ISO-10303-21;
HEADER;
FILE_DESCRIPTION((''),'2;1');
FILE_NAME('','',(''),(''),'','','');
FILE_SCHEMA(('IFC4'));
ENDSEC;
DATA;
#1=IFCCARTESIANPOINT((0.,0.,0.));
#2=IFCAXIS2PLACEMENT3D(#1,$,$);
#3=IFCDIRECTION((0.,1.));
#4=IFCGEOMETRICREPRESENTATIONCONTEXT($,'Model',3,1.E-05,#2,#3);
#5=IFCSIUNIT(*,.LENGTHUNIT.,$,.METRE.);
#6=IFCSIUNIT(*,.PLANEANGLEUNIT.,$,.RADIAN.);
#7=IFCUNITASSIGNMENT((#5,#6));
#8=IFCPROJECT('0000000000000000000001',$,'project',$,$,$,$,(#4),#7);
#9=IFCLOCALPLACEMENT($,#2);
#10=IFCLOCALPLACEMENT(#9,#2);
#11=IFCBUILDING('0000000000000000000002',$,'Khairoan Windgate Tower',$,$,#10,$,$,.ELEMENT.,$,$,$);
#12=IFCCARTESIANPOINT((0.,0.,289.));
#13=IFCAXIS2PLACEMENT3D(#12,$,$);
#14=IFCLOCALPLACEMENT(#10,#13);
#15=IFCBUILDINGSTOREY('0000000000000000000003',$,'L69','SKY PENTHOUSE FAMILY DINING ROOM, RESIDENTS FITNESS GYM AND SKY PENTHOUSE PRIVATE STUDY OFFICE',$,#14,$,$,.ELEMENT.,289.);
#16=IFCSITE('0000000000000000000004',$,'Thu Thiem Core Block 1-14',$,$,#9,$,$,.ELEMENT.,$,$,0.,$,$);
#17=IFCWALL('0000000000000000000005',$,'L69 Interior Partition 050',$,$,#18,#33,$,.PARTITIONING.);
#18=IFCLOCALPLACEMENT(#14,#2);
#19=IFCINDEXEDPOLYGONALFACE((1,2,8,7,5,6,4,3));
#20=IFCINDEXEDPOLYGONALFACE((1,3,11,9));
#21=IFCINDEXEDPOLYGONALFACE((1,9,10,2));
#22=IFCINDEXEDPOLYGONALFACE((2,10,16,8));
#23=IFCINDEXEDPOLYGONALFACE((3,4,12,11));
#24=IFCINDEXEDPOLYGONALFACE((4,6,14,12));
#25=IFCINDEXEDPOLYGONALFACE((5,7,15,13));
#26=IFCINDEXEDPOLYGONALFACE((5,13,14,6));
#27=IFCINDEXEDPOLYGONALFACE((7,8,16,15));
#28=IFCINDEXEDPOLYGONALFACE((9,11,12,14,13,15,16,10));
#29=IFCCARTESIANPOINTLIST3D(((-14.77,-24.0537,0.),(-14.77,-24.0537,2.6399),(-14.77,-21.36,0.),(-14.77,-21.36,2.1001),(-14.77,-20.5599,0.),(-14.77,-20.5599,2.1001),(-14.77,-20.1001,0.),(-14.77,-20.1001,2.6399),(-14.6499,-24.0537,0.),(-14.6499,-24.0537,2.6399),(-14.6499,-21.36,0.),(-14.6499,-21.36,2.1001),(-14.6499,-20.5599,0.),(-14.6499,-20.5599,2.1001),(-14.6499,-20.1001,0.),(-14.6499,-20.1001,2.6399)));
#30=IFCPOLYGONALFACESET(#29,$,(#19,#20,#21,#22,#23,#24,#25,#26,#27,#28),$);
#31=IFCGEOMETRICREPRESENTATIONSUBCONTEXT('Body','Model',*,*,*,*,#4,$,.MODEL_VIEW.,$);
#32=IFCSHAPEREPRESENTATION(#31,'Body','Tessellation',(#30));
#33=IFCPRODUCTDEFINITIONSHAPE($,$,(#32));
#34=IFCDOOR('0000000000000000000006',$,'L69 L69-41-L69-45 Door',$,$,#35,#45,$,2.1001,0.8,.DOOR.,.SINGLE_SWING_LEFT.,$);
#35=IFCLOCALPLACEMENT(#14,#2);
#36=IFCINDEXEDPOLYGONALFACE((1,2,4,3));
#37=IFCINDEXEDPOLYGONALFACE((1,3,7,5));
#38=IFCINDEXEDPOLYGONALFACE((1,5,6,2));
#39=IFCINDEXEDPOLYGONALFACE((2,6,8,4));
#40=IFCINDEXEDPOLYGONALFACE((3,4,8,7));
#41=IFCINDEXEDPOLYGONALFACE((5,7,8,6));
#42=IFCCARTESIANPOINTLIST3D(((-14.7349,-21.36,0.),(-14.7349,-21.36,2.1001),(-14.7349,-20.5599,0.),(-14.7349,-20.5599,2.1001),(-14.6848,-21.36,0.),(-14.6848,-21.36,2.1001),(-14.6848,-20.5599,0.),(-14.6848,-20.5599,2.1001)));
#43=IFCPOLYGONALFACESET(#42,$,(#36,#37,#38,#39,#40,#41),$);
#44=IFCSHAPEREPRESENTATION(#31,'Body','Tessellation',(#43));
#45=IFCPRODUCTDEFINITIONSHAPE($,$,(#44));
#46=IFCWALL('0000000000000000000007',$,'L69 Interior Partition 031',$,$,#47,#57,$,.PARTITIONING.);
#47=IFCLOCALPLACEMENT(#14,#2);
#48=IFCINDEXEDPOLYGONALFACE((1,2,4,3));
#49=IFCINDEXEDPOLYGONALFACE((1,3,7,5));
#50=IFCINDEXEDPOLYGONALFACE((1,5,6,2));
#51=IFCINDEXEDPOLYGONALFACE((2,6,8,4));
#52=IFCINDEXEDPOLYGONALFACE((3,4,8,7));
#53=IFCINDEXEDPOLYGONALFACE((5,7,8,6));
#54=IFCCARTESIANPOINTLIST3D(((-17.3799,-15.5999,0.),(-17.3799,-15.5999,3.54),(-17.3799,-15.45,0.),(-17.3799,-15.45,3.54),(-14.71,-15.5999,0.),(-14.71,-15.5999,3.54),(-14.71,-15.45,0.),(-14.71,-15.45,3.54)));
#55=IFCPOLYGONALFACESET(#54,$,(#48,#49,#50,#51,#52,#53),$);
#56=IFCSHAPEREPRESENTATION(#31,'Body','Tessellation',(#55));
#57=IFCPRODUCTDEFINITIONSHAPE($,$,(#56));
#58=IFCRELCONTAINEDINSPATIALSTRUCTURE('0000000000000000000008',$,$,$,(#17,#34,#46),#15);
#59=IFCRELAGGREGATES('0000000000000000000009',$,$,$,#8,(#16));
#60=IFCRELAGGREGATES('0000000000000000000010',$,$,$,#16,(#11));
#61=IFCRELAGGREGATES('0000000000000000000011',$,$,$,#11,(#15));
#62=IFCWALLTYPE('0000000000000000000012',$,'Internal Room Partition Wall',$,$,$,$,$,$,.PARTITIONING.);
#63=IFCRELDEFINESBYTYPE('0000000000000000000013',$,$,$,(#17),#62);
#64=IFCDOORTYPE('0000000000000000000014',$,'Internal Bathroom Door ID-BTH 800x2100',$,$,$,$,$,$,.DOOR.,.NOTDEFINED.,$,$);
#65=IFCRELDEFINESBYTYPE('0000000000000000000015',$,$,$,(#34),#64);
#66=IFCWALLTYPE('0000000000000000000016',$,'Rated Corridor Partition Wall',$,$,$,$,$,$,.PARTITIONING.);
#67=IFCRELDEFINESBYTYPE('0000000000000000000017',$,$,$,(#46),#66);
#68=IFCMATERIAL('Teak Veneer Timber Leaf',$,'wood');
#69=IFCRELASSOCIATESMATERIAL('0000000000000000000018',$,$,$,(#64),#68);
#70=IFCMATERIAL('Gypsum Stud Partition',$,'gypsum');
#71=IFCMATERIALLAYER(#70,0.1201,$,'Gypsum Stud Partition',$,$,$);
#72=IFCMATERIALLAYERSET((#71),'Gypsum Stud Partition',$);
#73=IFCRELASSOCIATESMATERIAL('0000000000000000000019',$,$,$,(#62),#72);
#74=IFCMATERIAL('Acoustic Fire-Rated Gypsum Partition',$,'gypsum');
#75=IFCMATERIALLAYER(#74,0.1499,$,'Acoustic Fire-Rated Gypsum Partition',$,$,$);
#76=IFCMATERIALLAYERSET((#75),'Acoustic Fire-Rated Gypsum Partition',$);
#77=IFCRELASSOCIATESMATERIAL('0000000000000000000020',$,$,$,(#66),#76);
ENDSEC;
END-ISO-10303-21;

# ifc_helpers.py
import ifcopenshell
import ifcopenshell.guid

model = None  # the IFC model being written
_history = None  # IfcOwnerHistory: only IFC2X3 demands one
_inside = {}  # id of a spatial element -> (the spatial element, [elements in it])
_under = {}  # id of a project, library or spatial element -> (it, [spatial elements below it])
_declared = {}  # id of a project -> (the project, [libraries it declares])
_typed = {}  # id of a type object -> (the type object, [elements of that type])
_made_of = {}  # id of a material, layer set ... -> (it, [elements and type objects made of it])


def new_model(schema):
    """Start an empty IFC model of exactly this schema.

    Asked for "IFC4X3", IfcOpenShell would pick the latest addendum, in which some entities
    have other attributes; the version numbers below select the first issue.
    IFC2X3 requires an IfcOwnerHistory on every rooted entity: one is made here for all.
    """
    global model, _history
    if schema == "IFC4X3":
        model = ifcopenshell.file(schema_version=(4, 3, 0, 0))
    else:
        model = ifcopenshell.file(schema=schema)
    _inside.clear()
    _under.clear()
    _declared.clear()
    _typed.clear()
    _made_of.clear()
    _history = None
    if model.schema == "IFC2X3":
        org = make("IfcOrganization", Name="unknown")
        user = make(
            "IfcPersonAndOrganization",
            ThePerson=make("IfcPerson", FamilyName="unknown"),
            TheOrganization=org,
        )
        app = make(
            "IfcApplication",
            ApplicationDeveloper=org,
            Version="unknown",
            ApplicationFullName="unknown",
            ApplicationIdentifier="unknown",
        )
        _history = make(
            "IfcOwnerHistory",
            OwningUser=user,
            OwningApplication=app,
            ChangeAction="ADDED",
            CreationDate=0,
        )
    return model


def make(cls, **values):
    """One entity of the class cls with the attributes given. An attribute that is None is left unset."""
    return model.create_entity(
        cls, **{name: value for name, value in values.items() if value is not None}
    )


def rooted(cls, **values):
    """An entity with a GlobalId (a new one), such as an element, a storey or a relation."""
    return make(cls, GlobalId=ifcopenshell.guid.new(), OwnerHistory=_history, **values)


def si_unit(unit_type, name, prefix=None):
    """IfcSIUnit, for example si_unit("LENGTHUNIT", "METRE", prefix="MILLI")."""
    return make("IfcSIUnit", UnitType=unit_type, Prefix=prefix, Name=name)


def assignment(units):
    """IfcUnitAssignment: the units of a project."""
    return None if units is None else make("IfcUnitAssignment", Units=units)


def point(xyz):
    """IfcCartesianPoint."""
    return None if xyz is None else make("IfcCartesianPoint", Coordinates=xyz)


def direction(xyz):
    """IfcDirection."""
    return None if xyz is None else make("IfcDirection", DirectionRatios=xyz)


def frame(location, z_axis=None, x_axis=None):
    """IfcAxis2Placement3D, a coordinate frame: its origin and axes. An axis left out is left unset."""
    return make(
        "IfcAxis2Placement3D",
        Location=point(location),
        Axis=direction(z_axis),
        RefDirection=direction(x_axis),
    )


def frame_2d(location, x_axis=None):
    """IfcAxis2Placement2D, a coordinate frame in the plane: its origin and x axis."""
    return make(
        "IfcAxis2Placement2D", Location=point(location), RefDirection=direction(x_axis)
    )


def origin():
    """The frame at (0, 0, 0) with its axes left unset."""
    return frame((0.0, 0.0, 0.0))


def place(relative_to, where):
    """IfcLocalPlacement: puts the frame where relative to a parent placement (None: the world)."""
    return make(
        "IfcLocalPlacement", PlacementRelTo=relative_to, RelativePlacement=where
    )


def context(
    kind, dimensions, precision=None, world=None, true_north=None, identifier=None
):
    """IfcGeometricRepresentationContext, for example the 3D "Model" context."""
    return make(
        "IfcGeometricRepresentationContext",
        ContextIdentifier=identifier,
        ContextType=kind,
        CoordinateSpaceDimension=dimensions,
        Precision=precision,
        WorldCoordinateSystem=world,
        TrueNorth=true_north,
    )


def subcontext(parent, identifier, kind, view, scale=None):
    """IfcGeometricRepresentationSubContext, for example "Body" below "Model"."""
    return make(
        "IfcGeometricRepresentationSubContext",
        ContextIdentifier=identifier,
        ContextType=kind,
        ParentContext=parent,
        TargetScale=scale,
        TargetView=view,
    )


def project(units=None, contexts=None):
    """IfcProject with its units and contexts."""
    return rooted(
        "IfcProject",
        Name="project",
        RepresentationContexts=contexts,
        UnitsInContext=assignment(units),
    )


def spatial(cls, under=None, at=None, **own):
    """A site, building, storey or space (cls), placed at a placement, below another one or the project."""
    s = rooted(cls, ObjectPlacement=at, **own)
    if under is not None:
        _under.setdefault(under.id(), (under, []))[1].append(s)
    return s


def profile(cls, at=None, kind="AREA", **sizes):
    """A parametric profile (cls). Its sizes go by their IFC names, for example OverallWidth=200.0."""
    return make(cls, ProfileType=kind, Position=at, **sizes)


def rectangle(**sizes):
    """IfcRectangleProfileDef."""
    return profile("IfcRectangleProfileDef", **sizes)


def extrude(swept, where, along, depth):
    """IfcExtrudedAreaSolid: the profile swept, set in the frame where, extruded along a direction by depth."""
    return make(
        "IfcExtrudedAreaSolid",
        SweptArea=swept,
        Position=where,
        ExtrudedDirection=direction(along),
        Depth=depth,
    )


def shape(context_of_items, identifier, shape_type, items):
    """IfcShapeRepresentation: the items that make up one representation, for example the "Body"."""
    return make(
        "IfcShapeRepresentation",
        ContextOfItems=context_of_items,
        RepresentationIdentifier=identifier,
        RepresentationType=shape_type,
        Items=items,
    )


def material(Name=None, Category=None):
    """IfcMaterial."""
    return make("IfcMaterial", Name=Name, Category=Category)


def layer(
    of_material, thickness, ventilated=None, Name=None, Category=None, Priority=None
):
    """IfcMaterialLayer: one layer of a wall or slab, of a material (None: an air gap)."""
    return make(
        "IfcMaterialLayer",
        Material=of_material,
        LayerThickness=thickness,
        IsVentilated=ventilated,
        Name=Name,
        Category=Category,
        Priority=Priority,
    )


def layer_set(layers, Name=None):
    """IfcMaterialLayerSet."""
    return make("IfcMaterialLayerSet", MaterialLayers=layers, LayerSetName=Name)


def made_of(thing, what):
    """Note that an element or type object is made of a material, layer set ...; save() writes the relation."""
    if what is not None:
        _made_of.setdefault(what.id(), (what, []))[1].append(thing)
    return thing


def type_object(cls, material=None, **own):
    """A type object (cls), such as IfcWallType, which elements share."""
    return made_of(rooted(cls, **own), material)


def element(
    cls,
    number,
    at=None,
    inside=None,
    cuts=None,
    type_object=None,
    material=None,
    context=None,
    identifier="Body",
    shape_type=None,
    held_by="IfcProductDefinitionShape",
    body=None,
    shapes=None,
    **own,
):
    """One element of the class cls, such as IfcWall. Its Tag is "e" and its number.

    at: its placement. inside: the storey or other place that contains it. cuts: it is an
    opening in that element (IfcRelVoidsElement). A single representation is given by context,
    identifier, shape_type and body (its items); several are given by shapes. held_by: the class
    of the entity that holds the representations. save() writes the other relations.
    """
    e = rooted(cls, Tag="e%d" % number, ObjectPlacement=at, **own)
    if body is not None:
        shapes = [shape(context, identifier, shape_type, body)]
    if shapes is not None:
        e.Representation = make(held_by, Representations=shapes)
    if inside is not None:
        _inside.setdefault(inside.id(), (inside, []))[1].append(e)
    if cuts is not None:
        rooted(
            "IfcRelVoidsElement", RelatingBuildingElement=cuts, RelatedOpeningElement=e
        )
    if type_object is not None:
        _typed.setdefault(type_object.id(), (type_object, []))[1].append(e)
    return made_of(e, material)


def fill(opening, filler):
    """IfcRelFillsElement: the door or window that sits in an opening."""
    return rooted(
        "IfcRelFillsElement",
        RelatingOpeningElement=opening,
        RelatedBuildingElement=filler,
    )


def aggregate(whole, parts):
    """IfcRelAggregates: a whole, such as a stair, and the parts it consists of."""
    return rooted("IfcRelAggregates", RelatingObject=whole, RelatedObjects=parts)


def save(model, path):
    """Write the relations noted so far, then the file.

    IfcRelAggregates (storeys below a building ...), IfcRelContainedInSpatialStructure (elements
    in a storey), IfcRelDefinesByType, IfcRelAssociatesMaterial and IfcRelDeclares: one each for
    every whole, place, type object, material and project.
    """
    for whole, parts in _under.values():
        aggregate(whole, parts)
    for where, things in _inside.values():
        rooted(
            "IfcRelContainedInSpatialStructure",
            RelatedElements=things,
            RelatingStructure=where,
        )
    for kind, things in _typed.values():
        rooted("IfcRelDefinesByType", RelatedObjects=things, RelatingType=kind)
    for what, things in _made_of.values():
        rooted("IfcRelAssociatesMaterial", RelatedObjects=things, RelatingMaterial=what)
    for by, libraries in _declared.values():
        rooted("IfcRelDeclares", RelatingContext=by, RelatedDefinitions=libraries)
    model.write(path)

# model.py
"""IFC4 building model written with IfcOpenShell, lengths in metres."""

from ifc_helpers import new_model, si_unit, direction, frame, frame_2d, origin, place, context, subcontext, project, spatial, rectangle, extrude, material, layer, layer_set, type_object, element, fill, save


model = new_model("IFC4")

# Units and contexts
model_context = context("Model", 3, precision=1e-05, world=origin(), true_north=direction((0.0, 1.0)))
body_context = subcontext(model_context, "Body", "Model", "MODEL_VIEW")
ifc_project = project(units=[si_unit("LENGTHUNIT", "METRE"), si_unit("PLANEANGLEUNIT", "RADIAN")], contexts=[model_context])

# Site, building, storey
site_placement = place(None, origin())
building_placement = place(site_placement, origin())
storey_placement = place(building_placement, frame((0.0, 0.0, 289.0)))
site = spatial("IfcSite", under=ifc_project, at=site_placement, Name="Thu Thiem Core Block 1-14", CompositionType="ELEMENT", RefElevation=0.0)
building = spatial("IfcBuilding", under=site, at=building_placement, Name="Khairoan Windgate Tower", CompositionType="ELEMENT")
storey = spatial("IfcBuildingStorey", under=building, at=storey_placement, Name="L69", Description="SKY PENTHOUSE FAMILY DINING ROOM, RESIDENTS FITNESS GYM AND SKY PENTHOUSE PRIVATE STUDY OFFICE", CompositionType="ELEMENT", Elevation=289.0)

# Shared definitions
ifc_material_1 = material(Name="Teak Veneer Timber Leaf", Category="wood")
door_type = type_object("IfcDoorType", Name="Internal Bathroom Door ID-BTH 800x2100", OperationType="NOTDEFINED", PredefinedType="DOOR", material=ifc_material_1)

# Shared definitions
ifc_material_2 = material(Name="Gypsum Stud Partition", Category="gypsum")
ifc_layer_1 = layer(ifc_material_2, 0.1201, Name="Gypsum Stud Partition")
ifc_layer_set_1 = layer_set([ifc_layer_1], Name="Gypsum Stud Partition")
wall_type_1 = type_object("IfcWallType", Name="Internal Room Partition Wall", PredefinedType="PARTITIONING", material=ifc_layer_set_1)

# Wall, opening, door
wall_1_placement = place(storey_placement, frame((-14.71, -24.0537, 0.0), z_axis=(0.0, 0.0, 1.0), x_axis=(0.0, 1.0, 0.0)))
wall_1 = element("IfcWall", 1, at=wall_1_placement, inside=storey, type_object=wall_type_1, Name="L69 Interior Partition 050", PredefinedType="PARTITIONING", context=body_context, shape_type="SweptSolid", body=[
    extrude(rectangle(XDim=3.9536, YDim=0.1201, at=frame_2d((1.9768, 0.0))), origin(), (0.0, 0.0, 1.0), 2.6399),
])
opening_1_placement = place(wall_1_placement, frame((2.6938, 0.0, 0.0)))
opening_1 = element("IfcOpeningElement", 2, at=opening_1_placement, cuts=wall_1, PredefinedType="OPENING", context=body_context, shape_type="SweptSolid", body=[
    extrude(rectangle(XDim=0.8, YDim=2.1001, at=frame_2d((0.3999, 1.05))), frame((0.0, 0.0701, 0.0), z_axis=(0.0, -1.0, 0.0), x_axis=(1.0, 0.0, 0.0)), (0.0, 0.0, 1.0), 0.1401),
])
door_1_placement = place(opening_1_placement, origin())
door_1 = element("IfcDoor", 3, at=door_1_placement, inside=storey, type_object=door_type, Name="L69 L69-41-L69-45 Door", OperationType="SINGLE_SWING_LEFT", OverallHeight=2.1001, OverallWidth=0.8, PredefinedType="DOOR", context=body_context, shape_type="SweptSolid", body=[
    extrude(rectangle(XDim=0.8, YDim=2.1001, at=frame_2d((0.3999, 1.05))), frame((0.0, 0.0249, 0.0), z_axis=(0.0, -1.0, 0.0), x_axis=(1.0, 0.0, 0.0)), (0.0, 0.0, 1.0), 0.05),
])
fill(opening_1, door_1)

# Wall
ifc_material_3 = material(Name="Acoustic Fire-Rated Gypsum Partition", Category="gypsum")
ifc_layer_2 = layer(ifc_material_3, 0.1499, Name="Acoustic Fire-Rated Gypsum Partition")
ifc_layer_set_2 = layer_set([ifc_layer_2], Name="Acoustic Fire-Rated Gypsum Partition")
wall_type_2 = type_object("IfcWallType", Name="Rated Corridor Partition Wall", PredefinedType="PARTITIONING", material=ifc_layer_set_2)
wall_2_placement = place(storey_placement, frame((-17.3799, -15.5249, 0.0), z_axis=(0.0, 0.0, 1.0), x_axis=(1.0, 0.0, 0.0)))
element("IfcWall", 4, at=wall_2_placement, inside=storey, type_object=wall_type_2, Name="L69 Interior Partition 031", PredefinedType="PARTITIONING", context=body_context, shape_type="SweptSolid", body=[
    extrude(rectangle(XDim=2.6699, YDim=0.1499, at=frame_2d((1.335, 0.0))), origin(), (0.0, 0.0, 1.0), 3.54),
])

save(model, "model.ifc")
